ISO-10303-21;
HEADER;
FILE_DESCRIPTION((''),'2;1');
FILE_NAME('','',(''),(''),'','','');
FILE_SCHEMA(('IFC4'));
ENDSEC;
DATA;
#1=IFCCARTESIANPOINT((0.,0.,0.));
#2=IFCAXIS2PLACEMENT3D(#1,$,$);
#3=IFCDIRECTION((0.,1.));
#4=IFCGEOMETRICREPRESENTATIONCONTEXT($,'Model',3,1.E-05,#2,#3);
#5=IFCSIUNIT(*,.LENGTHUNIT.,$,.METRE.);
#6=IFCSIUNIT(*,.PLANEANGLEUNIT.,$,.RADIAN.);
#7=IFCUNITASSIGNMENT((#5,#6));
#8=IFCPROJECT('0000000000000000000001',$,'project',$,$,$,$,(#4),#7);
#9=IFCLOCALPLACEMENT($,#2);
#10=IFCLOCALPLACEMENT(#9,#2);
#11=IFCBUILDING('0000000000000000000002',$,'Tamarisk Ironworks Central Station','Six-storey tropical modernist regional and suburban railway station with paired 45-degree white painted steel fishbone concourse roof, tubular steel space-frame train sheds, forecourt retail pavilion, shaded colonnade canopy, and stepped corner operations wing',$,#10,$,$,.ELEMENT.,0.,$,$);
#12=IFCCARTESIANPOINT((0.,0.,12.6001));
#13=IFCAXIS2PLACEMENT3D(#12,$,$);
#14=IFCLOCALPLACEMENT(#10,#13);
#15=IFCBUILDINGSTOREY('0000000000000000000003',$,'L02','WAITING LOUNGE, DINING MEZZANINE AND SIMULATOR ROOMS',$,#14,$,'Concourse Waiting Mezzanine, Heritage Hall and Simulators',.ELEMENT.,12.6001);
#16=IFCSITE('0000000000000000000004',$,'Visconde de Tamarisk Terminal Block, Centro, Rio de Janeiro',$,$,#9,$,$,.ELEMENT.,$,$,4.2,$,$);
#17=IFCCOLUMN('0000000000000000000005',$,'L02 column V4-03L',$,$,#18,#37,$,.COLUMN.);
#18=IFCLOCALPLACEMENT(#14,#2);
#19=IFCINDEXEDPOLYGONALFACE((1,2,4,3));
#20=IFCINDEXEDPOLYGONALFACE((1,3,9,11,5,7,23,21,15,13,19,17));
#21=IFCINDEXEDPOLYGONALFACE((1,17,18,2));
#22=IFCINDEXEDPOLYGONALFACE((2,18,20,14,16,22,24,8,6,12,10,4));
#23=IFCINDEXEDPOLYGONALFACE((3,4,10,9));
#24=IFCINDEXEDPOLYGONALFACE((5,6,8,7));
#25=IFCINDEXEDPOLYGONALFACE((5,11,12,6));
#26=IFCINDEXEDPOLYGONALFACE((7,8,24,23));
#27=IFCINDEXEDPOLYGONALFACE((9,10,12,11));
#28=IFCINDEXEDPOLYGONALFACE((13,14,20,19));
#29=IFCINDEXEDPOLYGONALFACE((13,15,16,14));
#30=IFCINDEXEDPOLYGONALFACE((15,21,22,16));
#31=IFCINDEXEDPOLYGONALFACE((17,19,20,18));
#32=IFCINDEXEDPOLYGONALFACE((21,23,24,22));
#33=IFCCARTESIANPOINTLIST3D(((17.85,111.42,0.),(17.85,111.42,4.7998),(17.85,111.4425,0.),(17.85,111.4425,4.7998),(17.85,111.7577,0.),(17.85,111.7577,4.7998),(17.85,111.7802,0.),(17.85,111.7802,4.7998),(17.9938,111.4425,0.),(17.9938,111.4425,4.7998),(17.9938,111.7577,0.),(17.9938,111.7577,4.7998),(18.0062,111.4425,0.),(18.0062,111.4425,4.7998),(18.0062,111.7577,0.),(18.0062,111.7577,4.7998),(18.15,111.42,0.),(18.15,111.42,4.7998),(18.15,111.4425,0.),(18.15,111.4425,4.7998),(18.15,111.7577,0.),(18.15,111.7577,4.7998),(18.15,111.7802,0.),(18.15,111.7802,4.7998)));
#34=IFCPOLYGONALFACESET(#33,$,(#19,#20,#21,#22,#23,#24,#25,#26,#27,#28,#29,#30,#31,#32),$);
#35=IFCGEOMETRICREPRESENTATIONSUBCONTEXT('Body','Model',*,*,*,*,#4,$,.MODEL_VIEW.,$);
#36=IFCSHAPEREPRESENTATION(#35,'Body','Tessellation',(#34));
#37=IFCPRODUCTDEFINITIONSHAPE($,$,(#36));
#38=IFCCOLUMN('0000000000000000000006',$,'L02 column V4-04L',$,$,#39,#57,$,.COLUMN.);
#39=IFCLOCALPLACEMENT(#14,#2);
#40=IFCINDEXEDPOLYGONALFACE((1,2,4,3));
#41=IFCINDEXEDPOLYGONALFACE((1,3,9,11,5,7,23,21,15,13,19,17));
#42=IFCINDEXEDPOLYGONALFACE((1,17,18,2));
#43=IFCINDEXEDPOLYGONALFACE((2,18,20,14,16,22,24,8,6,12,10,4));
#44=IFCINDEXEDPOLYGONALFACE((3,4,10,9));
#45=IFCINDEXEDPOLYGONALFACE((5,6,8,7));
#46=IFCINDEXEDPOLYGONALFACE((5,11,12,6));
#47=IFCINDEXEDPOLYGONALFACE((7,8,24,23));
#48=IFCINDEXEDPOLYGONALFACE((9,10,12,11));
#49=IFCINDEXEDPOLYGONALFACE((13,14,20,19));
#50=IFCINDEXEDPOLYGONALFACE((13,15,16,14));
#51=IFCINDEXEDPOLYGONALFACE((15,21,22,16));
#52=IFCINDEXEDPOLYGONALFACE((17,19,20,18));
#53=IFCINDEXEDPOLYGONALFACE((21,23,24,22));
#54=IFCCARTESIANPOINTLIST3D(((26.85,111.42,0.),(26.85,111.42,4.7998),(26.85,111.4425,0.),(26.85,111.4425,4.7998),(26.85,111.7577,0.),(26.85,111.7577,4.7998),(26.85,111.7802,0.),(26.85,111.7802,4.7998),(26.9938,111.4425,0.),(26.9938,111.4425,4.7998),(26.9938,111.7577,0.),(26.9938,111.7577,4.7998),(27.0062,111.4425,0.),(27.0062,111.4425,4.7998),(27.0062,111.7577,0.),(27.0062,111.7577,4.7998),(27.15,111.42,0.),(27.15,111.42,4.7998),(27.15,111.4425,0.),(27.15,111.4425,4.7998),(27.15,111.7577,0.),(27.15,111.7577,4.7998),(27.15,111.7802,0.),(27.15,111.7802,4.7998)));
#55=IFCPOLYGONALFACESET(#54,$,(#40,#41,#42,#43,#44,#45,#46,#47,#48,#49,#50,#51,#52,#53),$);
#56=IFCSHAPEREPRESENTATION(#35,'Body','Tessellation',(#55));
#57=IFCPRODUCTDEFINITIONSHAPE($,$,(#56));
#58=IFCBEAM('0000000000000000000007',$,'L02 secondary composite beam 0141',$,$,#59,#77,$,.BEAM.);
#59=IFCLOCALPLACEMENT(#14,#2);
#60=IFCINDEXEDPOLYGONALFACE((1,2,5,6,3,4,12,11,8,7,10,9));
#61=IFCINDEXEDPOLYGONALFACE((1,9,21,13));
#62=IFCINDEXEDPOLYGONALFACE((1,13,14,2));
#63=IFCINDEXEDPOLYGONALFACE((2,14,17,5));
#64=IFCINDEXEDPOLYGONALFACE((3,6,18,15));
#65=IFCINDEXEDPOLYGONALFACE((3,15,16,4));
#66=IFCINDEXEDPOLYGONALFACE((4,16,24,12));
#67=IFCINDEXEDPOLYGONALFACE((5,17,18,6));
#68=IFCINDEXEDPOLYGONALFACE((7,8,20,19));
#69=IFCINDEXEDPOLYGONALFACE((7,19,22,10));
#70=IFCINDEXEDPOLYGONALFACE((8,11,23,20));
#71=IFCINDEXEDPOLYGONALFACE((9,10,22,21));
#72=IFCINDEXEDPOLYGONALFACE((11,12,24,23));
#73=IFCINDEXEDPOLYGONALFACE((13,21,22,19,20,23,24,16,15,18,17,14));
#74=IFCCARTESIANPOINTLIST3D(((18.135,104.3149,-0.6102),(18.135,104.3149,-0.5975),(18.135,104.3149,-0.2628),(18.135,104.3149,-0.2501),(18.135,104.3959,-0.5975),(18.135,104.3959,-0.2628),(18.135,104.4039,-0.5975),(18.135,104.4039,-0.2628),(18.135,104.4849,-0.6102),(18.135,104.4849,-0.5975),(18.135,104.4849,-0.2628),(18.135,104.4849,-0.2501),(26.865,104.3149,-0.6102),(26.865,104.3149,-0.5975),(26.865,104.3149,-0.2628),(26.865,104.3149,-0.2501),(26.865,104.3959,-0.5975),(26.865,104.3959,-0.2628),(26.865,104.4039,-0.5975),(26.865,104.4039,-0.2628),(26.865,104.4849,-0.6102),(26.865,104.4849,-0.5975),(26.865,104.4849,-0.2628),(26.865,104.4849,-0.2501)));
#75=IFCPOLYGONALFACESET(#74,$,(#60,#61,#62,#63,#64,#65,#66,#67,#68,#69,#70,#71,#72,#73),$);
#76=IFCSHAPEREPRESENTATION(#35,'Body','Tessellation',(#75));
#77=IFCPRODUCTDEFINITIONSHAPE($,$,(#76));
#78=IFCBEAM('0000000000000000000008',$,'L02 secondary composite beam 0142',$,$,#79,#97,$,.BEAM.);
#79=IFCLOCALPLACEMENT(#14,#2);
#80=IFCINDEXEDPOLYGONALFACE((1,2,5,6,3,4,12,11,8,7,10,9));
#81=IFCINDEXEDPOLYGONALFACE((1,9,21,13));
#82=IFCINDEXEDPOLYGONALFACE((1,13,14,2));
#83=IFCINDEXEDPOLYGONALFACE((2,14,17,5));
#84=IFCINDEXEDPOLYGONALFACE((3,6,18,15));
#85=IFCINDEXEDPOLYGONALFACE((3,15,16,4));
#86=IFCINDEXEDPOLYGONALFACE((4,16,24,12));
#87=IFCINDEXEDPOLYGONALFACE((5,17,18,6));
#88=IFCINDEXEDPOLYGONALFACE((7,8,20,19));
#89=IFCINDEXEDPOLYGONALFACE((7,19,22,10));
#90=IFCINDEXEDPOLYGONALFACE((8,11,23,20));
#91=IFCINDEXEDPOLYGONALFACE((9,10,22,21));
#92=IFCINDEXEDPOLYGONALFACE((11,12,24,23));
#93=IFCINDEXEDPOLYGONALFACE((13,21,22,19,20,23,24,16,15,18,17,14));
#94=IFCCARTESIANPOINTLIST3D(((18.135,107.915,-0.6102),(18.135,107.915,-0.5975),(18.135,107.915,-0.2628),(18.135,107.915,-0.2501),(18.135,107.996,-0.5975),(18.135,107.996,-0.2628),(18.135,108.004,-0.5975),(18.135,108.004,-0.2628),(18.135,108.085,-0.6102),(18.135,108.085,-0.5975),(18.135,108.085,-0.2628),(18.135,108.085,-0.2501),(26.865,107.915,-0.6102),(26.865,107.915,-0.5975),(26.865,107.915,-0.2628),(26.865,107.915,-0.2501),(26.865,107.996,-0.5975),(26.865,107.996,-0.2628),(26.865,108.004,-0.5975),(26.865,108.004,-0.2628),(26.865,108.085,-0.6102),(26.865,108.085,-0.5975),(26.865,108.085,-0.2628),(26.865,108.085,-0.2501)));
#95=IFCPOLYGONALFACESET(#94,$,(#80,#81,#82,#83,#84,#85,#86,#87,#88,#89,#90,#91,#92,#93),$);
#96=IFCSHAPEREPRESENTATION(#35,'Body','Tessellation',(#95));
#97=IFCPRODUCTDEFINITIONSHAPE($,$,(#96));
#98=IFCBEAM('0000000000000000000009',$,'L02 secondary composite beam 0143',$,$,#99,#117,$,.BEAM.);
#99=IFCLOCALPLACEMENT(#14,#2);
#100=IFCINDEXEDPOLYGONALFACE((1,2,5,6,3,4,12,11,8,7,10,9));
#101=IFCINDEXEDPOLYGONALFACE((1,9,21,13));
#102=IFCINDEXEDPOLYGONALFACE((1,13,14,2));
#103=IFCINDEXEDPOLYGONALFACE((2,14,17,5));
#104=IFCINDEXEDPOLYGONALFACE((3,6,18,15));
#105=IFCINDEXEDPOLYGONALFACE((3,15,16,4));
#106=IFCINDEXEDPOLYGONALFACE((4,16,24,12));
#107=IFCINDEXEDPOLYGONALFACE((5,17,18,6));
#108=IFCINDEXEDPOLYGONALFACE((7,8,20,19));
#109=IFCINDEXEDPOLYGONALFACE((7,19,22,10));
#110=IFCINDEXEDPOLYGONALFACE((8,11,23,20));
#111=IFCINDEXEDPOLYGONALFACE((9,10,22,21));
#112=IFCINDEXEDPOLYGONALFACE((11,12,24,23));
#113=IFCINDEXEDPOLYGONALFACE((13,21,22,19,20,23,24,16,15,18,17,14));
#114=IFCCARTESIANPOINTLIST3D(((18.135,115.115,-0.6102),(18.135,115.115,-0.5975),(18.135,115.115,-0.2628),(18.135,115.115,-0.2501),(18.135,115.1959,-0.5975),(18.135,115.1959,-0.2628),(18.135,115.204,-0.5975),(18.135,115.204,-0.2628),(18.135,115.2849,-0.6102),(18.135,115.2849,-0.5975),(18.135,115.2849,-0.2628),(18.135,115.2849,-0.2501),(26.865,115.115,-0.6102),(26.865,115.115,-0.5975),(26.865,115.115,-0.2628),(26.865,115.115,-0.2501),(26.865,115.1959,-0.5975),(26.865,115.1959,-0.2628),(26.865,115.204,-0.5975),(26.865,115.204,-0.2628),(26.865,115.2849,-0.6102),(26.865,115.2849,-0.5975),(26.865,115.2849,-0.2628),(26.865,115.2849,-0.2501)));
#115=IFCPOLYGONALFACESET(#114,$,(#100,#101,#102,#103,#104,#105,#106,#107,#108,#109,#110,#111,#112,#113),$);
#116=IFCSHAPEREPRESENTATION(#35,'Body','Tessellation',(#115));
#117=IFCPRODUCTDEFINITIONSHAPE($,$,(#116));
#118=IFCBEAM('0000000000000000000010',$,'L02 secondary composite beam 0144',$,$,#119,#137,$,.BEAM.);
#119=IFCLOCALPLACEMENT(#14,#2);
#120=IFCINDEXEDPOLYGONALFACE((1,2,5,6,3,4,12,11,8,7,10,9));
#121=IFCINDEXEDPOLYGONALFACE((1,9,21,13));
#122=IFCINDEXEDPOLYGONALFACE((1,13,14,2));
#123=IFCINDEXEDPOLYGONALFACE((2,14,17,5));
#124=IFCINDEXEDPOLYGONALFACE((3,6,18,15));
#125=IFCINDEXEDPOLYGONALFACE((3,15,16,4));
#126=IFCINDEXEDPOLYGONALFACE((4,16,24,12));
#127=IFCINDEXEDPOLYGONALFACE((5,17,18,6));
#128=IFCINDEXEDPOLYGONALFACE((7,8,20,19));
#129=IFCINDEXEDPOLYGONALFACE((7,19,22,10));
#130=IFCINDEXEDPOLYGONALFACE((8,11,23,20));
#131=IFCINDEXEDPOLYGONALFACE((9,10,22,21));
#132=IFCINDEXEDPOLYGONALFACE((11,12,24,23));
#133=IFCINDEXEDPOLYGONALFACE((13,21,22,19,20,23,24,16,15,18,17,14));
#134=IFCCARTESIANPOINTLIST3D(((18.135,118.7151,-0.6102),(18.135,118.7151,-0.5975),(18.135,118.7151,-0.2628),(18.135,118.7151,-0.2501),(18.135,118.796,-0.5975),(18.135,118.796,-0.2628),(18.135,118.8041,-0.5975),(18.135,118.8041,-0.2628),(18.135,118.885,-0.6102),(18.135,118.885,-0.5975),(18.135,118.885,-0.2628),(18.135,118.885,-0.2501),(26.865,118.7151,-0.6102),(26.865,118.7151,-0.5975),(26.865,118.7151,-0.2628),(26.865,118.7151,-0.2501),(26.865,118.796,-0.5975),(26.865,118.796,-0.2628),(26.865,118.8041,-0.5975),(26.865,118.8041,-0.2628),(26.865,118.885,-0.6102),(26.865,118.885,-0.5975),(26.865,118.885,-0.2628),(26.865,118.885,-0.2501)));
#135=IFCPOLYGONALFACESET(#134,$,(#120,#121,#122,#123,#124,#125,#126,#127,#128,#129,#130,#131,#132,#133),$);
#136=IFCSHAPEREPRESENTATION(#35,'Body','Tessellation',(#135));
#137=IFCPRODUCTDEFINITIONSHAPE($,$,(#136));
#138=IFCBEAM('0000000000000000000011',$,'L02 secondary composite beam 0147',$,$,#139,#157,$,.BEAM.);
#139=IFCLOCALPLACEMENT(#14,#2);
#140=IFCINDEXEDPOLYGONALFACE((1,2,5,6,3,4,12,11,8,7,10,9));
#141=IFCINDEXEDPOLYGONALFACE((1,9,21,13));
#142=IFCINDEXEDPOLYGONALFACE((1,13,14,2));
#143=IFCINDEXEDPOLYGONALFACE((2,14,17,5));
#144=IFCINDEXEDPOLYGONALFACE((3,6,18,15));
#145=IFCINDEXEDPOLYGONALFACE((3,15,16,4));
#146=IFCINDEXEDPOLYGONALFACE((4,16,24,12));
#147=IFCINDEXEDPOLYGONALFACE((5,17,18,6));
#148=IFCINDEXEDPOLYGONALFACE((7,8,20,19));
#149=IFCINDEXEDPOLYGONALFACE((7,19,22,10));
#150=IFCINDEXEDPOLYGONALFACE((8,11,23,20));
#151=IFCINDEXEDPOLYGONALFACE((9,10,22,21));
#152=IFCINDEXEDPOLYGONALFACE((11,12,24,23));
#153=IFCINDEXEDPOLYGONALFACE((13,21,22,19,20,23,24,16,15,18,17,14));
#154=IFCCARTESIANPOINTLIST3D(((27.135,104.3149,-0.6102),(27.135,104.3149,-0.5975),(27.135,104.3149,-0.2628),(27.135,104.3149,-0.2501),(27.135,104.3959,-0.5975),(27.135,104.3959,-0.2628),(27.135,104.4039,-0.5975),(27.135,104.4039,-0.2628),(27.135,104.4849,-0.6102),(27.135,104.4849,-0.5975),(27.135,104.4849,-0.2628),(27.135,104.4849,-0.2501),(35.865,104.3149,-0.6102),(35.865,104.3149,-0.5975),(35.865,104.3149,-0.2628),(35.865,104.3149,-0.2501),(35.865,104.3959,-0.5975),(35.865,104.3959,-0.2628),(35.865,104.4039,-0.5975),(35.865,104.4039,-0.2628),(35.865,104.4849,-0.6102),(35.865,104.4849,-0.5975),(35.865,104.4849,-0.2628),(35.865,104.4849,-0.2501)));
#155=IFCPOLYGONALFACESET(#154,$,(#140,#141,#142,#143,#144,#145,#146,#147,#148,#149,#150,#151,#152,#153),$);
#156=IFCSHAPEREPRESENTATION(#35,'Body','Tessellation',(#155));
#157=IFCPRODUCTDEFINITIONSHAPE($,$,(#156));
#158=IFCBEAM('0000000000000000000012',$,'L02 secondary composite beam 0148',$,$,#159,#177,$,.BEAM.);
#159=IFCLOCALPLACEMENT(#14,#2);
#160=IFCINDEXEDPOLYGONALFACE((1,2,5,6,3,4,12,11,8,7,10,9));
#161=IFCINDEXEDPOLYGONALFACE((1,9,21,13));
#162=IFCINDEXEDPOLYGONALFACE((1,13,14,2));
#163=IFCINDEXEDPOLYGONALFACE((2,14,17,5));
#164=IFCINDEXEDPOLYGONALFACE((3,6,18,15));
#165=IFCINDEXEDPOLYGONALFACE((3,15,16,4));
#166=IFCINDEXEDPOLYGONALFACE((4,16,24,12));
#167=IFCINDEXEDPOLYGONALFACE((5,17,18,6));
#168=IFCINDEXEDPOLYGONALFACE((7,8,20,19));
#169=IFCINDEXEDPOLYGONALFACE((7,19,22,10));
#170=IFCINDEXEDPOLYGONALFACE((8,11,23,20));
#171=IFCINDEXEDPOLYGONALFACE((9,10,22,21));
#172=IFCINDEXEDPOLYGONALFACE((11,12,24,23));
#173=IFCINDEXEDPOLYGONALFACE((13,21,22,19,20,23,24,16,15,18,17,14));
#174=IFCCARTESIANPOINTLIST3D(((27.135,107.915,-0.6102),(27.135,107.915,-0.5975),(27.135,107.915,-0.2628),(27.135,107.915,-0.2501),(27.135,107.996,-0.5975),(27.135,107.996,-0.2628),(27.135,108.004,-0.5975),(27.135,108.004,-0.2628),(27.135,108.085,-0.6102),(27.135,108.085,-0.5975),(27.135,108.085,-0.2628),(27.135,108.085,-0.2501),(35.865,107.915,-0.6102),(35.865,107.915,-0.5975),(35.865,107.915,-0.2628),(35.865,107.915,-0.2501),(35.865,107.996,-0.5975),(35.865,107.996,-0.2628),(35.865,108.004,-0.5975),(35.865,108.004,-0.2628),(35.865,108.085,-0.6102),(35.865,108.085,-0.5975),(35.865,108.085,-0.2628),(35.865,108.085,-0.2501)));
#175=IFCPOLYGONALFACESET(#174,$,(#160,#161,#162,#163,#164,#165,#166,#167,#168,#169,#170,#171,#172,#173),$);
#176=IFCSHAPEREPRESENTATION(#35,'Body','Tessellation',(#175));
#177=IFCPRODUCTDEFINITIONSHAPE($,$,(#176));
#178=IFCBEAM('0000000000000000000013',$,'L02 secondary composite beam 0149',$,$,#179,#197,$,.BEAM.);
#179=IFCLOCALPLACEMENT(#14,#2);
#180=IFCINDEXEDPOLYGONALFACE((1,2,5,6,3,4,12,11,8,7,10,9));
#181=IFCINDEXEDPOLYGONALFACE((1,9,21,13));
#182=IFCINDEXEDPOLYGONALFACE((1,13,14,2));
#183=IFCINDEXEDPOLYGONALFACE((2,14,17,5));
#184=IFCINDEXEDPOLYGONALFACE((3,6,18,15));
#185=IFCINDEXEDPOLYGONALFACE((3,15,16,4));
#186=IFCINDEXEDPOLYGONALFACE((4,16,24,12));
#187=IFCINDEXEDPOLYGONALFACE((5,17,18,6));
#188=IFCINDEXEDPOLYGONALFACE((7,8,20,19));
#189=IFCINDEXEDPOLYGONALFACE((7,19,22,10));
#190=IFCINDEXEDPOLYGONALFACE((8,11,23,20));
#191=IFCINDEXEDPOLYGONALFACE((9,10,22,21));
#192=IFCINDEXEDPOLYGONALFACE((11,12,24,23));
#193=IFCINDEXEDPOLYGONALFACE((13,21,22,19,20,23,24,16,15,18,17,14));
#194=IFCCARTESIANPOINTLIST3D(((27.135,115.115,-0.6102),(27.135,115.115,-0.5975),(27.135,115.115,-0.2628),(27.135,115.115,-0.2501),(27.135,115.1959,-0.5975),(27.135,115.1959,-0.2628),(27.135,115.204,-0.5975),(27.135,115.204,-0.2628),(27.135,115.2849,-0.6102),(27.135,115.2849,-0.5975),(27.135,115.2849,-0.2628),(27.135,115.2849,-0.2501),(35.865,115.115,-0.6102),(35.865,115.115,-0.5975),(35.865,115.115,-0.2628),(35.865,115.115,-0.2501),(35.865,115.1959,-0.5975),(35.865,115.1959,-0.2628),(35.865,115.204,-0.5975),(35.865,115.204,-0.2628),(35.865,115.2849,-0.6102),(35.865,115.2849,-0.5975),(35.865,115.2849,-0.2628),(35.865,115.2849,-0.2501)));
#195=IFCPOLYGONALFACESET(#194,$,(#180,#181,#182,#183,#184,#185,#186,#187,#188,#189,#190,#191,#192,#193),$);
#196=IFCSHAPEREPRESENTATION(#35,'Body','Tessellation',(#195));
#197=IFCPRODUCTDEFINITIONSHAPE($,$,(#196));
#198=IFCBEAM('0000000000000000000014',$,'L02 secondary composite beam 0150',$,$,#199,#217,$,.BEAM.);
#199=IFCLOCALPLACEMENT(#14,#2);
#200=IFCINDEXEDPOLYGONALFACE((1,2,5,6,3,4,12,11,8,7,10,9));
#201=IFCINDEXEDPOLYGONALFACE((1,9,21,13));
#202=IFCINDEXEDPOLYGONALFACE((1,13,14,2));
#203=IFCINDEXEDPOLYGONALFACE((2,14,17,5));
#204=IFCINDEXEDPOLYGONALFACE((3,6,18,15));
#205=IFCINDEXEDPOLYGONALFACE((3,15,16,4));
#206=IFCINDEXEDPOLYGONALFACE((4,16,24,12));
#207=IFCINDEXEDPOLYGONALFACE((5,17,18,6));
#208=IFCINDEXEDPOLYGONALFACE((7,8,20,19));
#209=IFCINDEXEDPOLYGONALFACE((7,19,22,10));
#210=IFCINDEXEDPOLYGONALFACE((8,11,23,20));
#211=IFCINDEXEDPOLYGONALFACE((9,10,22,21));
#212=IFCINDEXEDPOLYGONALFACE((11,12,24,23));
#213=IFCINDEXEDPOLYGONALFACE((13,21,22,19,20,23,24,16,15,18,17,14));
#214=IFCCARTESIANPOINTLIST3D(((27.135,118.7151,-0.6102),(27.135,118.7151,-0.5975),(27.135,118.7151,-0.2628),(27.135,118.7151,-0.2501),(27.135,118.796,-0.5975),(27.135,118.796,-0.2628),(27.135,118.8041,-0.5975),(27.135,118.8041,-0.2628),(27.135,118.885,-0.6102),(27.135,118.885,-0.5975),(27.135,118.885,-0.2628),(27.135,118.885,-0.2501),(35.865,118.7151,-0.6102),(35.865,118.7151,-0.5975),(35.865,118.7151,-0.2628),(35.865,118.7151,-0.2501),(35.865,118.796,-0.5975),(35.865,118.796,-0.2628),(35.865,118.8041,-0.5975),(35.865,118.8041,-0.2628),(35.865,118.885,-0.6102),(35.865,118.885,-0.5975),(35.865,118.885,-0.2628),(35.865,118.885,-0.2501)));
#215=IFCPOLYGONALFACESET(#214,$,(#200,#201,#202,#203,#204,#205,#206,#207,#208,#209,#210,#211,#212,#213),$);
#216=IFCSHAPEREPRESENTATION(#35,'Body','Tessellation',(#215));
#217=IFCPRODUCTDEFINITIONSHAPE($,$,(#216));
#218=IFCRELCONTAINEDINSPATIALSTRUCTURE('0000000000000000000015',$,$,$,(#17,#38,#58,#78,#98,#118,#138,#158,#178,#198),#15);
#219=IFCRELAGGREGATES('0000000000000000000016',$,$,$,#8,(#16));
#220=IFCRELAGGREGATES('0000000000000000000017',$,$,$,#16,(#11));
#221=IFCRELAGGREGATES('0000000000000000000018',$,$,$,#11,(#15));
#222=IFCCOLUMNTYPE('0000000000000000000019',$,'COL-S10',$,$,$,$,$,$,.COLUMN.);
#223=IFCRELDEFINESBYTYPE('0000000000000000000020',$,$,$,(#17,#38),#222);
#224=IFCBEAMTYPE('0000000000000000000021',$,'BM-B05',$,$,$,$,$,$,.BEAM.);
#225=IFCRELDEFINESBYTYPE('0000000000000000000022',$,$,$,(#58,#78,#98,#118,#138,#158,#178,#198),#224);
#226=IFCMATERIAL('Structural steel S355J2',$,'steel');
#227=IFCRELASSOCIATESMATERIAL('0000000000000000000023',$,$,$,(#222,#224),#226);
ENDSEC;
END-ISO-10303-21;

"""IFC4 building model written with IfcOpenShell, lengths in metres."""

from ifc_helpers import new_model, si_unit, direction, frame, origin, origin_2d, place, context, subcontext, project, spatial, i_section, extrude, material, material_profile, profile_set, type_object, element, save


model = new_model("IFC4")

# Units and contexts
model_context = context("Model", 3, precision=1e-05, world=origin(), true_north=direction((0.0, 1.0)))
body_context = subcontext(model_context, "Body", "Model", "MODEL_VIEW")
ifc_project = project(units=[si_unit("LENGTHUNIT", "METRE"), si_unit("PLANEANGLEUNIT", "RADIAN")], contexts=[model_context])

# Site, building, storey
site_placement = place(None, origin())
site = spatial("IfcSite", under=ifc_project, at=site_placement, Name="Visconde de Tamarisk Terminal Block, Centro, Rio de Janeiro", CompositionType="ELEMENT", RefElevation=4.2)
building_placement = place(site_placement, origin())
building = spatial("IfcBuilding", under=site, at=building_placement, Name="Tamarisk Ironworks Central Station", Description="Six-storey tropical modernist regional and suburban railway station with paired 45-degree white painted steel fishbone concourse roof, tubular steel space-frame train sheds, forecourt retail pavilion, shaded colonnade canopy, and stepped corner operations wing", CompositionType="ELEMENT", ElevationOfRefHeight=0.0)
storey_placement = place(building_placement, frame((0.0, 0.0, 12.6001)))
storey = spatial("IfcBuildingStorey", under=building, at=storey_placement, Name="L02", Description="WAITING LOUNGE, DINING MEZZANINE AND SIMULATOR ROOMS", LongName="Concourse Waiting Mezzanine, Heritage Hall and Simulators", CompositionType="ELEMENT", Elevation=12.6001)

# Columns
ifc_material_1 = material(Name="Structural steel S355J2", Category="steel")
ifc_material_profile_1 = material_profile(ifc_material_1, i_section(OverallWidth=0.3, OverallDepth=0.3601, WebThickness=0.0125, FlangeThickness=0.0225, at=origin_2d()), Name="HEB 360")
ifc_profile_set_1 = profile_set([ifc_material_profile_1], Name="Structural steel S355J2")
column_type = type_object("IfcColumnType", Name="COL-S10", PredefinedType="COLUMN", material=ifc_profile_set_1)
for number, where, z_axis, x_axis, name in (
    (1, (18.0, 111.6001, 0.0), (0.0, 0.0, 1.0), (1.0, 0.0, 0.0), "L02 column V4-03L"),
    (2, (27.0, 111.6001, 0.0), (0.0, 0.0, 1.0), (1.0, 0.0, 0.0), "L02 column V4-04L"),
):
    element("IfcColumn", number, at=place(storey_placement, frame(where, z_axis=z_axis, x_axis=x_axis)), inside=storey, type_object=column_type, Name=name, PredefinedType="COLUMN", context=body_context, shape_type="SweptSolid", body=[
        extrude(i_section(OverallWidth=0.3, OverallDepth=0.3601, WebThickness=0.0125, FlangeThickness=0.0225, at=origin_2d()), origin(), (0.0, 0.0, 1.0), 4.7998),
    ])

# Beams
ifc_material_profile_2 = material_profile(ifc_material_1, i_section(OverallWidth=0.1699, OverallDepth=0.3601, WebThickness=0.0081, FlangeThickness=0.0127, at=origin_2d()), Name="IPE 360")
ifc_profile_set_2 = profile_set([ifc_material_profile_2], Name="Structural steel S355J2")
beam_type_1 = type_object("IfcBeamType", Name="BM-B05", PredefinedType="BEAM", material=ifc_profile_set_2)
for number, where, z_axis, x_axis, name in (
    (3, (18.135, 104.3999, -0.4302), (1.0, 0.0, 0.0), (0.0, 1.0, 0.0), "L02 secondary composite beam 0141"),
    (4, (18.135, 108.0, -0.4302), (1.0, 0.0, 0.0), (0.0, 1.0, 0.0), "L02 secondary composite beam 0142"),
    (5, (18.135, 115.2, -0.4302), (1.0, 0.0, 0.0), (0.0, 1.0, 0.0), "L02 secondary composite beam 0143"),
    (6, (18.135, 118.8, -0.4302), (1.0, 0.0, 0.0), (0.0, 1.0, 0.0), "L02 secondary composite beam 0144"),
    (7, (27.135, 104.3999, -0.4302), (1.0, 0.0, 0.0), (0.0, 1.0, 0.0), "L02 secondary composite beam 0147"),
    (8, (27.135, 108.0, -0.4302), (1.0, 0.0, 0.0), (0.0, 1.0, 0.0), "L02 secondary composite beam 0148"),
    (9, (27.135, 115.2, -0.4302), (1.0, 0.0, 0.0), (0.0, 1.0, 0.0), "L02 secondary composite beam 0149"),
    (10, (27.135, 118.8, -0.4302), (1.0, 0.0, 0.0), (0.0, 1.0, 0.0), "L02 secondary composite beam 0150"),
):
    element("IfcBeam", number, at=place(storey_placement, frame(where, z_axis=z_axis, x_axis=x_axis)), inside=storey, type_object=beam_type_1, Name=name, PredefinedType="BEAM", context=body_context, shape_type="SweptSolid", body=[
        extrude(i_section(OverallWidth=0.1699, OverallDepth=0.3601, WebThickness=0.0081, FlangeThickness=0.0127, at=origin_2d()), origin(), (0.0, 0.0, 1.0), 8.73),
    ])

save(model, "model.ifc")
